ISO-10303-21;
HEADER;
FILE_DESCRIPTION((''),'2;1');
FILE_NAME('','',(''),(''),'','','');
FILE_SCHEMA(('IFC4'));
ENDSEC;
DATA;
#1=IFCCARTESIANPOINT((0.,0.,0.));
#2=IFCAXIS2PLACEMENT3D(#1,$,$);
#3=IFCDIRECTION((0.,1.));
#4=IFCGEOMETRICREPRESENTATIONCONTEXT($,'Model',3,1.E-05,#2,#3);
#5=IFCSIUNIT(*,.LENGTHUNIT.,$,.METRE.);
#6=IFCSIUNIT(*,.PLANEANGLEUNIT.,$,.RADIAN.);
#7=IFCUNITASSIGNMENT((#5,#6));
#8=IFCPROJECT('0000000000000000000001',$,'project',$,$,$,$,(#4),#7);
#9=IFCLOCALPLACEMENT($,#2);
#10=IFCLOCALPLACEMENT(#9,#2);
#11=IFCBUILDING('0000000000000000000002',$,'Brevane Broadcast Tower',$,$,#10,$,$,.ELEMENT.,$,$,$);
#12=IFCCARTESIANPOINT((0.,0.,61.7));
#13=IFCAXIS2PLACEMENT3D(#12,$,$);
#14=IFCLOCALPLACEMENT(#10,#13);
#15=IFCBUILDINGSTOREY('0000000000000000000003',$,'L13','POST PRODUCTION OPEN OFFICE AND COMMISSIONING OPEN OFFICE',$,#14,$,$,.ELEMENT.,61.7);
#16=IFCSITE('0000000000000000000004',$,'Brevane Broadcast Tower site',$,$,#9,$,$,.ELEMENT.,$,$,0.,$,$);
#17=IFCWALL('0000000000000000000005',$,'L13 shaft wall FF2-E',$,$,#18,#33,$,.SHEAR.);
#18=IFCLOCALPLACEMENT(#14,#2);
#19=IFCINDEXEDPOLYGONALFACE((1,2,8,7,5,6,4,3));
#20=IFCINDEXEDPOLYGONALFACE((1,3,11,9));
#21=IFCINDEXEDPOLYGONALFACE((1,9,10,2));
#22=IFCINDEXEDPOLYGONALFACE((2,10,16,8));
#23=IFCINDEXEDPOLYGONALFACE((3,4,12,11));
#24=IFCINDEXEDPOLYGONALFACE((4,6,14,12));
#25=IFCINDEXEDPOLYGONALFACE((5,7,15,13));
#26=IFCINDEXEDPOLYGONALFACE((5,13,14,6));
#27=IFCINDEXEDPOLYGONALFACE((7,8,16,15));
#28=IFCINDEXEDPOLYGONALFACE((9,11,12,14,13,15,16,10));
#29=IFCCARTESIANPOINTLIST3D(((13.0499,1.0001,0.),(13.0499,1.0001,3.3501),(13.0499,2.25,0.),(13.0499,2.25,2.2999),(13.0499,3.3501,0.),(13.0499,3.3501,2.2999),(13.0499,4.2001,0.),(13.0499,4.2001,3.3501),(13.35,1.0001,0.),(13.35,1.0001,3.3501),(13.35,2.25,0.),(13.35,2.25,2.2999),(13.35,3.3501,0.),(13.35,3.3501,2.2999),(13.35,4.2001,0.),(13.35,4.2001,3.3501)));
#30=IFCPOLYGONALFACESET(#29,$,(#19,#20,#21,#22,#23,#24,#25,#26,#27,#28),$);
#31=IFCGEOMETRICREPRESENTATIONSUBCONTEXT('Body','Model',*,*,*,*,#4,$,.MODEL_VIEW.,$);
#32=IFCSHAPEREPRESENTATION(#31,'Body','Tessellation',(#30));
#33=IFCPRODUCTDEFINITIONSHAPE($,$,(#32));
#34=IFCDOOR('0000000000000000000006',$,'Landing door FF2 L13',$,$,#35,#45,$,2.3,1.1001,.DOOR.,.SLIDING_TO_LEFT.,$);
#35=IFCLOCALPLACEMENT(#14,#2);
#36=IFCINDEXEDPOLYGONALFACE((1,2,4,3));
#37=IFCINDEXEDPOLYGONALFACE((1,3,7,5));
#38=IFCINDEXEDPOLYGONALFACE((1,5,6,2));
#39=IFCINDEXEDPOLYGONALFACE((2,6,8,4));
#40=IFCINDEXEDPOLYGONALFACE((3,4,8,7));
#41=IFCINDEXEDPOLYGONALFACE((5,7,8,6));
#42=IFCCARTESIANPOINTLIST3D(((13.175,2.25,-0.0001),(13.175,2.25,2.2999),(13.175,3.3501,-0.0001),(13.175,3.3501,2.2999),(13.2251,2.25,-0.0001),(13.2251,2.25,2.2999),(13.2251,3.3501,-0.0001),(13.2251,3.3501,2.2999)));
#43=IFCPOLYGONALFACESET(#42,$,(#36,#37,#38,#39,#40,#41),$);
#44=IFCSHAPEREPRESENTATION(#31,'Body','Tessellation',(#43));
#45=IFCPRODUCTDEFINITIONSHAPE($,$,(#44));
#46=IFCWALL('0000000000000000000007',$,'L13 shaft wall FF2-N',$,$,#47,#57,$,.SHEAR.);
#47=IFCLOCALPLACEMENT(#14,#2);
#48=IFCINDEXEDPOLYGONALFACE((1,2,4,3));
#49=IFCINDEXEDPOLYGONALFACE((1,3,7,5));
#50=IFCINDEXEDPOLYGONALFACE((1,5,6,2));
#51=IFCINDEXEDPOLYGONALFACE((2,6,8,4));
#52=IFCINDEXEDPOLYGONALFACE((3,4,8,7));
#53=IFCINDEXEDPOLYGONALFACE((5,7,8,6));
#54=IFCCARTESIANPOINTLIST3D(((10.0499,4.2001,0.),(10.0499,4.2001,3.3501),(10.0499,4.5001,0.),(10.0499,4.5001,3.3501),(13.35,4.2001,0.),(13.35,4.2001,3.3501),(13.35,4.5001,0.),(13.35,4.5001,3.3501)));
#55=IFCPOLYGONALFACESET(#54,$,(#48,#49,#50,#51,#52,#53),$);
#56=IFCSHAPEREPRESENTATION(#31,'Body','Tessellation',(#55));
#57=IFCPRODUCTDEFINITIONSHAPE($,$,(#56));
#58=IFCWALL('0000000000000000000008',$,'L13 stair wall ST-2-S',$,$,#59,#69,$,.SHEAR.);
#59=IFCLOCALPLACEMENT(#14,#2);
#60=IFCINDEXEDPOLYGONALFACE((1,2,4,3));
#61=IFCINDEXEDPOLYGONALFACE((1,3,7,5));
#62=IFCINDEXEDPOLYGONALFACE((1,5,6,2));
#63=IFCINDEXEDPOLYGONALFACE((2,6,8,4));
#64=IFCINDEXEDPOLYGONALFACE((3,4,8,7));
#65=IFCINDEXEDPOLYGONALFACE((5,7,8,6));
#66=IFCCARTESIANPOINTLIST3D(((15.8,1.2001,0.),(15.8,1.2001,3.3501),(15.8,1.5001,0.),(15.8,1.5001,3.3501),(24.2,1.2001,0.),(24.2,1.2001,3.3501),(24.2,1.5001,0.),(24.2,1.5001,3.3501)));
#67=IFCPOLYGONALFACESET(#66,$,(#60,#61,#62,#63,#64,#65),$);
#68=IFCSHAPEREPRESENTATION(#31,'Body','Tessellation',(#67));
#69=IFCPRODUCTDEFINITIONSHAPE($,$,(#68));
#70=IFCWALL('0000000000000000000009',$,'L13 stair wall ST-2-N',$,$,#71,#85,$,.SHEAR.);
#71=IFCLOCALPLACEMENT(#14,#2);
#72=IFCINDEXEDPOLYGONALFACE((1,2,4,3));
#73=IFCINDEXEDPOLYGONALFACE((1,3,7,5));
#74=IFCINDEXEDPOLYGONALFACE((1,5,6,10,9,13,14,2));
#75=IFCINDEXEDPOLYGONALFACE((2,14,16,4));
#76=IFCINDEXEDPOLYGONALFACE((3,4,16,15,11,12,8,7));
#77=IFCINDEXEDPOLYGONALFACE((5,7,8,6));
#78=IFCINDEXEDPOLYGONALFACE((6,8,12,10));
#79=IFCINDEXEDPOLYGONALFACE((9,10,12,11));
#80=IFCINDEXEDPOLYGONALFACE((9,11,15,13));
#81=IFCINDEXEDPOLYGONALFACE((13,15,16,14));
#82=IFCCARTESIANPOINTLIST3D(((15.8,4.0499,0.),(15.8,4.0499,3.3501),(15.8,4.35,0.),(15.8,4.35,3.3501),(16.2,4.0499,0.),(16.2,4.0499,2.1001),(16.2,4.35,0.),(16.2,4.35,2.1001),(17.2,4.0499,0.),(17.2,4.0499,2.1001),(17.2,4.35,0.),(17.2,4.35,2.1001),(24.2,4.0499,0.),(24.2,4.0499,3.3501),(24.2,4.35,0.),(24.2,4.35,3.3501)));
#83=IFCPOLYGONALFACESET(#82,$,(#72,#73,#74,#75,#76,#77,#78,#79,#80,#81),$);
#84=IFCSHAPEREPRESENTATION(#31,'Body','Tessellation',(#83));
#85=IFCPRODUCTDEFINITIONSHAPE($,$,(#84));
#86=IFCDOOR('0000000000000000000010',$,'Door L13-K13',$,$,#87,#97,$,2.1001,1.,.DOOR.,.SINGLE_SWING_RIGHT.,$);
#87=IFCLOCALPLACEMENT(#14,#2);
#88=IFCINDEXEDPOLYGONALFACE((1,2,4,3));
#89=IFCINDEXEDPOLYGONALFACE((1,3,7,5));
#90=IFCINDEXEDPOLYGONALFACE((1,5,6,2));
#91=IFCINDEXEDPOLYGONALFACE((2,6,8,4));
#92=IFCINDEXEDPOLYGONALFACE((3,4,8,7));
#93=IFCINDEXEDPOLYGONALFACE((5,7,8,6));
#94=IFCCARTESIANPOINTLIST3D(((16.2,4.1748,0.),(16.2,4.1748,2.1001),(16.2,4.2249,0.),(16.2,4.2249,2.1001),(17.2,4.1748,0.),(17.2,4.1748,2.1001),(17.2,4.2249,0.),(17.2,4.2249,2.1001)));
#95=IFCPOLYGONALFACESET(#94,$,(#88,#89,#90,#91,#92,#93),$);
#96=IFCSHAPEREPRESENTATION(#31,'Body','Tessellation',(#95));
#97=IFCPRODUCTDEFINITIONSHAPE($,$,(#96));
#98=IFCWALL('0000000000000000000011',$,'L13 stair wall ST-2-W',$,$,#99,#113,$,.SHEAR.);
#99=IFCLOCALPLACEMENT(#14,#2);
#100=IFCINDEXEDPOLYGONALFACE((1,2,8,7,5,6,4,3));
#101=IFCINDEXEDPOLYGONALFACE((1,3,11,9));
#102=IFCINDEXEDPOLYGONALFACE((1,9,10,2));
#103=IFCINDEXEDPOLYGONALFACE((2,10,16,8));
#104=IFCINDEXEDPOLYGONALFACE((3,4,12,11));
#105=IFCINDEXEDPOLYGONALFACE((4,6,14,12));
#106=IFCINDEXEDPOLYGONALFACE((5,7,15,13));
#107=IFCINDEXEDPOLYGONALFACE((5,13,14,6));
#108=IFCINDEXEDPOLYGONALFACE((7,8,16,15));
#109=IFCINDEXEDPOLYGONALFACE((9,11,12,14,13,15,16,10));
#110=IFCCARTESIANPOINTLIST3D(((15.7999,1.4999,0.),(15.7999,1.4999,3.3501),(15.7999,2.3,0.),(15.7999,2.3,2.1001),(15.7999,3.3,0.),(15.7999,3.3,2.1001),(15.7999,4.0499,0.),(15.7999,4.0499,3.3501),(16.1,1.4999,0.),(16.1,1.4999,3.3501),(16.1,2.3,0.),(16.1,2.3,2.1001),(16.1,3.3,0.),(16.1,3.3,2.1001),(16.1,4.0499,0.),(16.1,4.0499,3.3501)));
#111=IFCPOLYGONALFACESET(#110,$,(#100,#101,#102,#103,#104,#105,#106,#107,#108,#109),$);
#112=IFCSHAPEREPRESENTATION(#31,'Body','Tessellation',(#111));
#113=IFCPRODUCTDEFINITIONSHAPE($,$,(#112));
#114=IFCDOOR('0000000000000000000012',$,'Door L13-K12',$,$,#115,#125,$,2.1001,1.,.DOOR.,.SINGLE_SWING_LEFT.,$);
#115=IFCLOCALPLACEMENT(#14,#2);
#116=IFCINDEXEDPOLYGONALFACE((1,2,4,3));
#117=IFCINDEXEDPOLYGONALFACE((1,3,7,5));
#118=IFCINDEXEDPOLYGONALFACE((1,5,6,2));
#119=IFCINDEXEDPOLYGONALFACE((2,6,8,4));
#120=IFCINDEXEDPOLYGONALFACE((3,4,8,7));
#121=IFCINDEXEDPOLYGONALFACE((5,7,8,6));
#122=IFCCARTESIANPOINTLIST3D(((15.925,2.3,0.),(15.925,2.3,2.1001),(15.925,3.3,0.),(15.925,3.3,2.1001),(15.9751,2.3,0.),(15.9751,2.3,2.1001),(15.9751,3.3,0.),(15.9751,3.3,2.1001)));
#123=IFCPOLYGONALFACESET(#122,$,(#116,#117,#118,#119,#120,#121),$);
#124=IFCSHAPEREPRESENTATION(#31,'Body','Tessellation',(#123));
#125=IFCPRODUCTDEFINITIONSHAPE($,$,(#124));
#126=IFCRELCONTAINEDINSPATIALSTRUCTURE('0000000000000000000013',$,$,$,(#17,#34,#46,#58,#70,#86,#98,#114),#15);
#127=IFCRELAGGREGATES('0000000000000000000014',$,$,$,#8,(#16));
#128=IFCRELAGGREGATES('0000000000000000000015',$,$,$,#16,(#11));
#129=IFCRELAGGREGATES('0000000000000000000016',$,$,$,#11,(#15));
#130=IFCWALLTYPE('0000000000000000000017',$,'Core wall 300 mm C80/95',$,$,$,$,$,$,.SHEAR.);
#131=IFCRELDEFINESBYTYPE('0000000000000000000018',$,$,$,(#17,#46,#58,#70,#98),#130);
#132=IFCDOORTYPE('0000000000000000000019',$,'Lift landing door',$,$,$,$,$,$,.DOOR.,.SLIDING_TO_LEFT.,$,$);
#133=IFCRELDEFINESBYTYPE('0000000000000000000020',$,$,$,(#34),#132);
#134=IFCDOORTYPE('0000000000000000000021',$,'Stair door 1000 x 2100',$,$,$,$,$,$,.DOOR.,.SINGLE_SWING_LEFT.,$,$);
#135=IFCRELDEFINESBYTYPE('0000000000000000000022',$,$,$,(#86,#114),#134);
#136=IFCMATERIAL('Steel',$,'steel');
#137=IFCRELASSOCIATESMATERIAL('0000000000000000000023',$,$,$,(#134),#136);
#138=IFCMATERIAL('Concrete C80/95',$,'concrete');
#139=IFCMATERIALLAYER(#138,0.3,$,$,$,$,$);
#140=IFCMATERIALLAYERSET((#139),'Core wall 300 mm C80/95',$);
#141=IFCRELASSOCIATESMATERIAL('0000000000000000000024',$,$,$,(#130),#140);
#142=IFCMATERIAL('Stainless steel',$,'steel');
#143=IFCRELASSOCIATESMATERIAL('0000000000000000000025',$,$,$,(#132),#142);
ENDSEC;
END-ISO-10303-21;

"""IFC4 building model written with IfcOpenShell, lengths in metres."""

from ifc_helpers import new_model, si_unit, direction, frame, frame_2d, origin, place, context, subcontext, project, spatial, rectangle, extrude, material, layer, layer_set, type_object, element, fill, save


model = new_model("IFC4")

# Units and contexts
model_context = context("Model", 3, precision=1e-05, world=origin(), true_north=direction((0.0, 1.0)))
body_context = subcontext(model_context, "Body", "Model", "MODEL_VIEW")
ifc_project = project(units=[si_unit("LENGTHUNIT", "METRE"), si_unit("PLANEANGLEUNIT", "RADIAN")], contexts=[model_context])

# Site, building, storey
site_placement = place(None, origin())
site = spatial("IfcSite", under=ifc_project, at=site_placement, Name="Brevane Broadcast Tower site", CompositionType="ELEMENT", RefElevation=0.0)
building_placement = place(site_placement, origin())
building = spatial("IfcBuilding", under=site, at=building_placement, Name="Brevane Broadcast Tower", CompositionType="ELEMENT")
storey_placement = place(building_placement, frame((0.0, 0.0, 61.7)))
storey = spatial("IfcBuildingStorey", under=building, at=storey_placement, Name="L13", Description="POST PRODUCTION OPEN OFFICE AND COMMISSIONING OPEN OFFICE", CompositionType="ELEMENT", Elevation=61.7)

# Shared definitions
ifc_material_1 = material(Name="Steel", Category="steel")
door_type_1 = type_object("IfcDoorType", Name="Stair door 1000 x 2100", OperationType="SINGLE_SWING_LEFT", PredefinedType="DOOR", material=ifc_material_1)

# Shared definitions
ifc_material_2 = material(Name="Concrete C80/95", Category="concrete")
ifc_layer_1 = layer(ifc_material_2, 0.3)
ifc_layer_set_1 = layer_set([ifc_layer_1], Name="Core wall 300 mm C80/95")
wall_type_1 = type_object("IfcWallType", Name="Core wall 300 mm C80/95", PredefinedType="SHEAR", material=ifc_layer_set_1)

# Wall, opening, door
wall_1_placement = place(storey_placement, frame((13.2, 1.0, 0.0), z_axis=(0.0, 0.0, 1.0), x_axis=(0.0, 1.0, 0.0)))
wall_1 = element("IfcWall", 1, at=wall_1_placement, inside=storey, type_object=wall_type_1, Name="L13 shaft wall FF2-E", PredefinedType="SHEAR", context=body_context, shape_type="SweptSolid", body=[
    extrude(rectangle(XDim=3.2, YDim=0.3, at=frame_2d((1.6001, 0.0))), origin(), (0.0, 0.0, 1.0), 3.3501),
])
opening_1_placement = place(wall_1_placement, frame((1.25, 0.0, 0.0)))
opening_1 = element("IfcOpeningElement", 2, at=opening_1_placement, cuts=wall_1, PredefinedType="OPENING", context=body_context, shape_type="SweptSolid", body=[
    extrude(rectangle(XDim=1.1001, YDim=2.3, at=frame_2d((0.55, 1.1499))), frame((0.0, 0.1599, 0.0), z_axis=(0.0, -1.0, 0.0), x_axis=(1.0, 0.0, 0.0)), (0.0, 0.0, 1.0), 0.3201),
])
ifc_material_3 = material(Name="Stainless steel", Category="steel")
door_type_2 = type_object("IfcDoorType", Name="Lift landing door", OperationType="SLIDING_TO_LEFT", PredefinedType="DOOR", material=ifc_material_3)
door_1_placement = place(opening_1_placement, origin())
door_1 = element("IfcDoor", 3, at=door_1_placement, inside=storey, type_object=door_type_2, Name="Landing door FF2 L13", OperationType="SLIDING_TO_LEFT", OverallHeight=2.3, OverallWidth=1.1001, PredefinedType="DOOR", context=body_context, shape_type="SweptSolid", body=[
    extrude(rectangle(XDim=1.1001, YDim=2.3, at=frame_2d((0.55, 1.1499))), frame((0.0, 0.0249, 0.0), z_axis=(0.0, -1.0, 0.0), x_axis=(1.0, 0.0, 0.0)), (0.0, 0.0, 1.0), 0.05),
])
fill(opening_1, door_1)

# Walls
wall_2_placement = place(storey_placement, frame((10.05, 4.3501, 0.0), z_axis=(0.0, 0.0, 1.0), x_axis=(1.0, 0.0, 0.0)))
element("IfcWall", 4, at=wall_2_placement, inside=storey, type_object=wall_type_1, Name="L13 shaft wall FF2-N", PredefinedType="SHEAR", context=body_context, shape_type="SweptSolid", body=[
    extrude(rectangle(XDim=3.3, YDim=0.3, at=frame_2d((1.6499, 0.0))), origin(), (0.0, 0.0, 1.0), 3.3501),
])
wall_3_placement = place(storey_placement, frame((15.8, 1.3501, 0.0), z_axis=(0.0, 0.0, 1.0), x_axis=(1.0, 0.0, 0.0)))
element("IfcWall", 5, at=wall_3_placement, inside=storey, type_object=wall_type_1, Name="L13 stair wall ST-2-S", PredefinedType="SHEAR", context=body_context, shape_type="SweptSolid", body=[
    extrude(rectangle(XDim=8.3999, YDim=0.3, at=frame_2d((4.2, 0.0))), origin(), (0.0, 0.0, 1.0), 3.3501),
])

# Walls, openings, doors
wall_4_placement = place(storey_placement, frame((15.8, 4.2, 0.0), z_axis=(0.0, 0.0, 1.0), x_axis=(1.0, 0.0, 0.0)))
wall_4 = element("IfcWall", 6, at=wall_4_placement, inside=storey, type_object=wall_type_1, Name="L13 stair wall ST-2-N", PredefinedType="SHEAR", context=body_context, shape_type="SweptSolid", body=[
    extrude(rectangle(XDim=8.3999, YDim=0.3, at=frame_2d((4.2, 0.0))), origin(), (0.0, 0.0, 1.0), 3.3501),
])
opening_2_placement = place(wall_4_placement, frame((0.3999, 0.0, 0.0)))
opening_2 = element("IfcOpeningElement", 7, at=opening_2_placement, cuts=wall_4, PredefinedType="OPENING", context=body_context, shape_type="SweptSolid", body=[
    extrude(rectangle(XDim=1.0, YDim=2.1001, at=frame_2d((0.5, 1.05))), frame((0.0, 0.1599, 0.0), z_axis=(0.0, -1.0, 0.0), x_axis=(1.0, 0.0, 0.0)), (0.0, 0.0, 1.0), 0.3201),
])
door_2_placement = place(opening_2_placement, origin())
door_2 = element("IfcDoor", 8, at=door_2_placement, inside=storey, type_object=door_type_1, Name="Door L13-K13", OperationType="SINGLE_SWING_RIGHT", OverallHeight=2.1001, OverallWidth=1.0, PredefinedType="DOOR", context=body_context, shape_type="SweptSolid", body=[
    extrude(rectangle(XDim=1.0, YDim=2.1001, at=frame_2d((0.5, 1.05))), frame((0.0, 0.0249, 0.0), z_axis=(0.0, -1.0, 0.0), x_axis=(1.0, 0.0, 0.0)), (0.0, 0.0, 1.0), 0.05),
])
fill(opening_2, door_2)
wall_5_placement = place(storey_placement, frame((15.95, 1.5, 0.0), z_axis=(0.0, 0.0, 1.0), x_axis=(0.0, 1.0, 0.0)))
wall_5 = element("IfcWall", 9, at=wall_5_placement, inside=storey, type_object=wall_type_1, Name="L13 stair wall ST-2-W", PredefinedType="SHEAR", context=body_context, shape_type="SweptSolid", body=[
    extrude(rectangle(XDim=2.55, YDim=0.3, at=frame_2d((1.2749, 0.0))), origin(), (0.0, 0.0, 1.0), 3.3501),
])
opening_3_placement = place(wall_5_placement, frame((0.8, 0.0, 0.0)))
opening_3 = element("IfcOpeningElement", 10, at=opening_3_placement, cuts=wall_5, PredefinedType="OPENING", context=body_context, shape_type="SweptSolid", body=[
    extrude(rectangle(XDim=1.0, YDim=2.1001, at=frame_2d((0.5, 1.05))), frame((0.0, 0.1599, 0.0), z_axis=(0.0, -1.0, 0.0), x_axis=(1.0, 0.0, 0.0)), (0.0, 0.0, 1.0), 0.3201),
])
door_3_placement = place(opening_3_placement, origin())
door_3 = element("IfcDoor", 11, at=door_3_placement, inside=storey, type_object=door_type_1, Name="Door L13-K12", OperationType="SINGLE_SWING_LEFT", OverallHeight=2.1001, OverallWidth=1.0, PredefinedType="DOOR", context=body_context, shape_type="SweptSolid", body=[
    extrude(rectangle(XDim=1.0, YDim=2.1001, at=frame_2d((0.5, 1.05))), frame((0.0, 0.0249, 0.0), z_axis=(0.0, -1.0, 0.0), x_axis=(1.0, 0.0, 0.0)), (0.0, 0.0, 1.0), 0.05),
])
fill(opening_3, door_3)

save(model, "model.ifc")
